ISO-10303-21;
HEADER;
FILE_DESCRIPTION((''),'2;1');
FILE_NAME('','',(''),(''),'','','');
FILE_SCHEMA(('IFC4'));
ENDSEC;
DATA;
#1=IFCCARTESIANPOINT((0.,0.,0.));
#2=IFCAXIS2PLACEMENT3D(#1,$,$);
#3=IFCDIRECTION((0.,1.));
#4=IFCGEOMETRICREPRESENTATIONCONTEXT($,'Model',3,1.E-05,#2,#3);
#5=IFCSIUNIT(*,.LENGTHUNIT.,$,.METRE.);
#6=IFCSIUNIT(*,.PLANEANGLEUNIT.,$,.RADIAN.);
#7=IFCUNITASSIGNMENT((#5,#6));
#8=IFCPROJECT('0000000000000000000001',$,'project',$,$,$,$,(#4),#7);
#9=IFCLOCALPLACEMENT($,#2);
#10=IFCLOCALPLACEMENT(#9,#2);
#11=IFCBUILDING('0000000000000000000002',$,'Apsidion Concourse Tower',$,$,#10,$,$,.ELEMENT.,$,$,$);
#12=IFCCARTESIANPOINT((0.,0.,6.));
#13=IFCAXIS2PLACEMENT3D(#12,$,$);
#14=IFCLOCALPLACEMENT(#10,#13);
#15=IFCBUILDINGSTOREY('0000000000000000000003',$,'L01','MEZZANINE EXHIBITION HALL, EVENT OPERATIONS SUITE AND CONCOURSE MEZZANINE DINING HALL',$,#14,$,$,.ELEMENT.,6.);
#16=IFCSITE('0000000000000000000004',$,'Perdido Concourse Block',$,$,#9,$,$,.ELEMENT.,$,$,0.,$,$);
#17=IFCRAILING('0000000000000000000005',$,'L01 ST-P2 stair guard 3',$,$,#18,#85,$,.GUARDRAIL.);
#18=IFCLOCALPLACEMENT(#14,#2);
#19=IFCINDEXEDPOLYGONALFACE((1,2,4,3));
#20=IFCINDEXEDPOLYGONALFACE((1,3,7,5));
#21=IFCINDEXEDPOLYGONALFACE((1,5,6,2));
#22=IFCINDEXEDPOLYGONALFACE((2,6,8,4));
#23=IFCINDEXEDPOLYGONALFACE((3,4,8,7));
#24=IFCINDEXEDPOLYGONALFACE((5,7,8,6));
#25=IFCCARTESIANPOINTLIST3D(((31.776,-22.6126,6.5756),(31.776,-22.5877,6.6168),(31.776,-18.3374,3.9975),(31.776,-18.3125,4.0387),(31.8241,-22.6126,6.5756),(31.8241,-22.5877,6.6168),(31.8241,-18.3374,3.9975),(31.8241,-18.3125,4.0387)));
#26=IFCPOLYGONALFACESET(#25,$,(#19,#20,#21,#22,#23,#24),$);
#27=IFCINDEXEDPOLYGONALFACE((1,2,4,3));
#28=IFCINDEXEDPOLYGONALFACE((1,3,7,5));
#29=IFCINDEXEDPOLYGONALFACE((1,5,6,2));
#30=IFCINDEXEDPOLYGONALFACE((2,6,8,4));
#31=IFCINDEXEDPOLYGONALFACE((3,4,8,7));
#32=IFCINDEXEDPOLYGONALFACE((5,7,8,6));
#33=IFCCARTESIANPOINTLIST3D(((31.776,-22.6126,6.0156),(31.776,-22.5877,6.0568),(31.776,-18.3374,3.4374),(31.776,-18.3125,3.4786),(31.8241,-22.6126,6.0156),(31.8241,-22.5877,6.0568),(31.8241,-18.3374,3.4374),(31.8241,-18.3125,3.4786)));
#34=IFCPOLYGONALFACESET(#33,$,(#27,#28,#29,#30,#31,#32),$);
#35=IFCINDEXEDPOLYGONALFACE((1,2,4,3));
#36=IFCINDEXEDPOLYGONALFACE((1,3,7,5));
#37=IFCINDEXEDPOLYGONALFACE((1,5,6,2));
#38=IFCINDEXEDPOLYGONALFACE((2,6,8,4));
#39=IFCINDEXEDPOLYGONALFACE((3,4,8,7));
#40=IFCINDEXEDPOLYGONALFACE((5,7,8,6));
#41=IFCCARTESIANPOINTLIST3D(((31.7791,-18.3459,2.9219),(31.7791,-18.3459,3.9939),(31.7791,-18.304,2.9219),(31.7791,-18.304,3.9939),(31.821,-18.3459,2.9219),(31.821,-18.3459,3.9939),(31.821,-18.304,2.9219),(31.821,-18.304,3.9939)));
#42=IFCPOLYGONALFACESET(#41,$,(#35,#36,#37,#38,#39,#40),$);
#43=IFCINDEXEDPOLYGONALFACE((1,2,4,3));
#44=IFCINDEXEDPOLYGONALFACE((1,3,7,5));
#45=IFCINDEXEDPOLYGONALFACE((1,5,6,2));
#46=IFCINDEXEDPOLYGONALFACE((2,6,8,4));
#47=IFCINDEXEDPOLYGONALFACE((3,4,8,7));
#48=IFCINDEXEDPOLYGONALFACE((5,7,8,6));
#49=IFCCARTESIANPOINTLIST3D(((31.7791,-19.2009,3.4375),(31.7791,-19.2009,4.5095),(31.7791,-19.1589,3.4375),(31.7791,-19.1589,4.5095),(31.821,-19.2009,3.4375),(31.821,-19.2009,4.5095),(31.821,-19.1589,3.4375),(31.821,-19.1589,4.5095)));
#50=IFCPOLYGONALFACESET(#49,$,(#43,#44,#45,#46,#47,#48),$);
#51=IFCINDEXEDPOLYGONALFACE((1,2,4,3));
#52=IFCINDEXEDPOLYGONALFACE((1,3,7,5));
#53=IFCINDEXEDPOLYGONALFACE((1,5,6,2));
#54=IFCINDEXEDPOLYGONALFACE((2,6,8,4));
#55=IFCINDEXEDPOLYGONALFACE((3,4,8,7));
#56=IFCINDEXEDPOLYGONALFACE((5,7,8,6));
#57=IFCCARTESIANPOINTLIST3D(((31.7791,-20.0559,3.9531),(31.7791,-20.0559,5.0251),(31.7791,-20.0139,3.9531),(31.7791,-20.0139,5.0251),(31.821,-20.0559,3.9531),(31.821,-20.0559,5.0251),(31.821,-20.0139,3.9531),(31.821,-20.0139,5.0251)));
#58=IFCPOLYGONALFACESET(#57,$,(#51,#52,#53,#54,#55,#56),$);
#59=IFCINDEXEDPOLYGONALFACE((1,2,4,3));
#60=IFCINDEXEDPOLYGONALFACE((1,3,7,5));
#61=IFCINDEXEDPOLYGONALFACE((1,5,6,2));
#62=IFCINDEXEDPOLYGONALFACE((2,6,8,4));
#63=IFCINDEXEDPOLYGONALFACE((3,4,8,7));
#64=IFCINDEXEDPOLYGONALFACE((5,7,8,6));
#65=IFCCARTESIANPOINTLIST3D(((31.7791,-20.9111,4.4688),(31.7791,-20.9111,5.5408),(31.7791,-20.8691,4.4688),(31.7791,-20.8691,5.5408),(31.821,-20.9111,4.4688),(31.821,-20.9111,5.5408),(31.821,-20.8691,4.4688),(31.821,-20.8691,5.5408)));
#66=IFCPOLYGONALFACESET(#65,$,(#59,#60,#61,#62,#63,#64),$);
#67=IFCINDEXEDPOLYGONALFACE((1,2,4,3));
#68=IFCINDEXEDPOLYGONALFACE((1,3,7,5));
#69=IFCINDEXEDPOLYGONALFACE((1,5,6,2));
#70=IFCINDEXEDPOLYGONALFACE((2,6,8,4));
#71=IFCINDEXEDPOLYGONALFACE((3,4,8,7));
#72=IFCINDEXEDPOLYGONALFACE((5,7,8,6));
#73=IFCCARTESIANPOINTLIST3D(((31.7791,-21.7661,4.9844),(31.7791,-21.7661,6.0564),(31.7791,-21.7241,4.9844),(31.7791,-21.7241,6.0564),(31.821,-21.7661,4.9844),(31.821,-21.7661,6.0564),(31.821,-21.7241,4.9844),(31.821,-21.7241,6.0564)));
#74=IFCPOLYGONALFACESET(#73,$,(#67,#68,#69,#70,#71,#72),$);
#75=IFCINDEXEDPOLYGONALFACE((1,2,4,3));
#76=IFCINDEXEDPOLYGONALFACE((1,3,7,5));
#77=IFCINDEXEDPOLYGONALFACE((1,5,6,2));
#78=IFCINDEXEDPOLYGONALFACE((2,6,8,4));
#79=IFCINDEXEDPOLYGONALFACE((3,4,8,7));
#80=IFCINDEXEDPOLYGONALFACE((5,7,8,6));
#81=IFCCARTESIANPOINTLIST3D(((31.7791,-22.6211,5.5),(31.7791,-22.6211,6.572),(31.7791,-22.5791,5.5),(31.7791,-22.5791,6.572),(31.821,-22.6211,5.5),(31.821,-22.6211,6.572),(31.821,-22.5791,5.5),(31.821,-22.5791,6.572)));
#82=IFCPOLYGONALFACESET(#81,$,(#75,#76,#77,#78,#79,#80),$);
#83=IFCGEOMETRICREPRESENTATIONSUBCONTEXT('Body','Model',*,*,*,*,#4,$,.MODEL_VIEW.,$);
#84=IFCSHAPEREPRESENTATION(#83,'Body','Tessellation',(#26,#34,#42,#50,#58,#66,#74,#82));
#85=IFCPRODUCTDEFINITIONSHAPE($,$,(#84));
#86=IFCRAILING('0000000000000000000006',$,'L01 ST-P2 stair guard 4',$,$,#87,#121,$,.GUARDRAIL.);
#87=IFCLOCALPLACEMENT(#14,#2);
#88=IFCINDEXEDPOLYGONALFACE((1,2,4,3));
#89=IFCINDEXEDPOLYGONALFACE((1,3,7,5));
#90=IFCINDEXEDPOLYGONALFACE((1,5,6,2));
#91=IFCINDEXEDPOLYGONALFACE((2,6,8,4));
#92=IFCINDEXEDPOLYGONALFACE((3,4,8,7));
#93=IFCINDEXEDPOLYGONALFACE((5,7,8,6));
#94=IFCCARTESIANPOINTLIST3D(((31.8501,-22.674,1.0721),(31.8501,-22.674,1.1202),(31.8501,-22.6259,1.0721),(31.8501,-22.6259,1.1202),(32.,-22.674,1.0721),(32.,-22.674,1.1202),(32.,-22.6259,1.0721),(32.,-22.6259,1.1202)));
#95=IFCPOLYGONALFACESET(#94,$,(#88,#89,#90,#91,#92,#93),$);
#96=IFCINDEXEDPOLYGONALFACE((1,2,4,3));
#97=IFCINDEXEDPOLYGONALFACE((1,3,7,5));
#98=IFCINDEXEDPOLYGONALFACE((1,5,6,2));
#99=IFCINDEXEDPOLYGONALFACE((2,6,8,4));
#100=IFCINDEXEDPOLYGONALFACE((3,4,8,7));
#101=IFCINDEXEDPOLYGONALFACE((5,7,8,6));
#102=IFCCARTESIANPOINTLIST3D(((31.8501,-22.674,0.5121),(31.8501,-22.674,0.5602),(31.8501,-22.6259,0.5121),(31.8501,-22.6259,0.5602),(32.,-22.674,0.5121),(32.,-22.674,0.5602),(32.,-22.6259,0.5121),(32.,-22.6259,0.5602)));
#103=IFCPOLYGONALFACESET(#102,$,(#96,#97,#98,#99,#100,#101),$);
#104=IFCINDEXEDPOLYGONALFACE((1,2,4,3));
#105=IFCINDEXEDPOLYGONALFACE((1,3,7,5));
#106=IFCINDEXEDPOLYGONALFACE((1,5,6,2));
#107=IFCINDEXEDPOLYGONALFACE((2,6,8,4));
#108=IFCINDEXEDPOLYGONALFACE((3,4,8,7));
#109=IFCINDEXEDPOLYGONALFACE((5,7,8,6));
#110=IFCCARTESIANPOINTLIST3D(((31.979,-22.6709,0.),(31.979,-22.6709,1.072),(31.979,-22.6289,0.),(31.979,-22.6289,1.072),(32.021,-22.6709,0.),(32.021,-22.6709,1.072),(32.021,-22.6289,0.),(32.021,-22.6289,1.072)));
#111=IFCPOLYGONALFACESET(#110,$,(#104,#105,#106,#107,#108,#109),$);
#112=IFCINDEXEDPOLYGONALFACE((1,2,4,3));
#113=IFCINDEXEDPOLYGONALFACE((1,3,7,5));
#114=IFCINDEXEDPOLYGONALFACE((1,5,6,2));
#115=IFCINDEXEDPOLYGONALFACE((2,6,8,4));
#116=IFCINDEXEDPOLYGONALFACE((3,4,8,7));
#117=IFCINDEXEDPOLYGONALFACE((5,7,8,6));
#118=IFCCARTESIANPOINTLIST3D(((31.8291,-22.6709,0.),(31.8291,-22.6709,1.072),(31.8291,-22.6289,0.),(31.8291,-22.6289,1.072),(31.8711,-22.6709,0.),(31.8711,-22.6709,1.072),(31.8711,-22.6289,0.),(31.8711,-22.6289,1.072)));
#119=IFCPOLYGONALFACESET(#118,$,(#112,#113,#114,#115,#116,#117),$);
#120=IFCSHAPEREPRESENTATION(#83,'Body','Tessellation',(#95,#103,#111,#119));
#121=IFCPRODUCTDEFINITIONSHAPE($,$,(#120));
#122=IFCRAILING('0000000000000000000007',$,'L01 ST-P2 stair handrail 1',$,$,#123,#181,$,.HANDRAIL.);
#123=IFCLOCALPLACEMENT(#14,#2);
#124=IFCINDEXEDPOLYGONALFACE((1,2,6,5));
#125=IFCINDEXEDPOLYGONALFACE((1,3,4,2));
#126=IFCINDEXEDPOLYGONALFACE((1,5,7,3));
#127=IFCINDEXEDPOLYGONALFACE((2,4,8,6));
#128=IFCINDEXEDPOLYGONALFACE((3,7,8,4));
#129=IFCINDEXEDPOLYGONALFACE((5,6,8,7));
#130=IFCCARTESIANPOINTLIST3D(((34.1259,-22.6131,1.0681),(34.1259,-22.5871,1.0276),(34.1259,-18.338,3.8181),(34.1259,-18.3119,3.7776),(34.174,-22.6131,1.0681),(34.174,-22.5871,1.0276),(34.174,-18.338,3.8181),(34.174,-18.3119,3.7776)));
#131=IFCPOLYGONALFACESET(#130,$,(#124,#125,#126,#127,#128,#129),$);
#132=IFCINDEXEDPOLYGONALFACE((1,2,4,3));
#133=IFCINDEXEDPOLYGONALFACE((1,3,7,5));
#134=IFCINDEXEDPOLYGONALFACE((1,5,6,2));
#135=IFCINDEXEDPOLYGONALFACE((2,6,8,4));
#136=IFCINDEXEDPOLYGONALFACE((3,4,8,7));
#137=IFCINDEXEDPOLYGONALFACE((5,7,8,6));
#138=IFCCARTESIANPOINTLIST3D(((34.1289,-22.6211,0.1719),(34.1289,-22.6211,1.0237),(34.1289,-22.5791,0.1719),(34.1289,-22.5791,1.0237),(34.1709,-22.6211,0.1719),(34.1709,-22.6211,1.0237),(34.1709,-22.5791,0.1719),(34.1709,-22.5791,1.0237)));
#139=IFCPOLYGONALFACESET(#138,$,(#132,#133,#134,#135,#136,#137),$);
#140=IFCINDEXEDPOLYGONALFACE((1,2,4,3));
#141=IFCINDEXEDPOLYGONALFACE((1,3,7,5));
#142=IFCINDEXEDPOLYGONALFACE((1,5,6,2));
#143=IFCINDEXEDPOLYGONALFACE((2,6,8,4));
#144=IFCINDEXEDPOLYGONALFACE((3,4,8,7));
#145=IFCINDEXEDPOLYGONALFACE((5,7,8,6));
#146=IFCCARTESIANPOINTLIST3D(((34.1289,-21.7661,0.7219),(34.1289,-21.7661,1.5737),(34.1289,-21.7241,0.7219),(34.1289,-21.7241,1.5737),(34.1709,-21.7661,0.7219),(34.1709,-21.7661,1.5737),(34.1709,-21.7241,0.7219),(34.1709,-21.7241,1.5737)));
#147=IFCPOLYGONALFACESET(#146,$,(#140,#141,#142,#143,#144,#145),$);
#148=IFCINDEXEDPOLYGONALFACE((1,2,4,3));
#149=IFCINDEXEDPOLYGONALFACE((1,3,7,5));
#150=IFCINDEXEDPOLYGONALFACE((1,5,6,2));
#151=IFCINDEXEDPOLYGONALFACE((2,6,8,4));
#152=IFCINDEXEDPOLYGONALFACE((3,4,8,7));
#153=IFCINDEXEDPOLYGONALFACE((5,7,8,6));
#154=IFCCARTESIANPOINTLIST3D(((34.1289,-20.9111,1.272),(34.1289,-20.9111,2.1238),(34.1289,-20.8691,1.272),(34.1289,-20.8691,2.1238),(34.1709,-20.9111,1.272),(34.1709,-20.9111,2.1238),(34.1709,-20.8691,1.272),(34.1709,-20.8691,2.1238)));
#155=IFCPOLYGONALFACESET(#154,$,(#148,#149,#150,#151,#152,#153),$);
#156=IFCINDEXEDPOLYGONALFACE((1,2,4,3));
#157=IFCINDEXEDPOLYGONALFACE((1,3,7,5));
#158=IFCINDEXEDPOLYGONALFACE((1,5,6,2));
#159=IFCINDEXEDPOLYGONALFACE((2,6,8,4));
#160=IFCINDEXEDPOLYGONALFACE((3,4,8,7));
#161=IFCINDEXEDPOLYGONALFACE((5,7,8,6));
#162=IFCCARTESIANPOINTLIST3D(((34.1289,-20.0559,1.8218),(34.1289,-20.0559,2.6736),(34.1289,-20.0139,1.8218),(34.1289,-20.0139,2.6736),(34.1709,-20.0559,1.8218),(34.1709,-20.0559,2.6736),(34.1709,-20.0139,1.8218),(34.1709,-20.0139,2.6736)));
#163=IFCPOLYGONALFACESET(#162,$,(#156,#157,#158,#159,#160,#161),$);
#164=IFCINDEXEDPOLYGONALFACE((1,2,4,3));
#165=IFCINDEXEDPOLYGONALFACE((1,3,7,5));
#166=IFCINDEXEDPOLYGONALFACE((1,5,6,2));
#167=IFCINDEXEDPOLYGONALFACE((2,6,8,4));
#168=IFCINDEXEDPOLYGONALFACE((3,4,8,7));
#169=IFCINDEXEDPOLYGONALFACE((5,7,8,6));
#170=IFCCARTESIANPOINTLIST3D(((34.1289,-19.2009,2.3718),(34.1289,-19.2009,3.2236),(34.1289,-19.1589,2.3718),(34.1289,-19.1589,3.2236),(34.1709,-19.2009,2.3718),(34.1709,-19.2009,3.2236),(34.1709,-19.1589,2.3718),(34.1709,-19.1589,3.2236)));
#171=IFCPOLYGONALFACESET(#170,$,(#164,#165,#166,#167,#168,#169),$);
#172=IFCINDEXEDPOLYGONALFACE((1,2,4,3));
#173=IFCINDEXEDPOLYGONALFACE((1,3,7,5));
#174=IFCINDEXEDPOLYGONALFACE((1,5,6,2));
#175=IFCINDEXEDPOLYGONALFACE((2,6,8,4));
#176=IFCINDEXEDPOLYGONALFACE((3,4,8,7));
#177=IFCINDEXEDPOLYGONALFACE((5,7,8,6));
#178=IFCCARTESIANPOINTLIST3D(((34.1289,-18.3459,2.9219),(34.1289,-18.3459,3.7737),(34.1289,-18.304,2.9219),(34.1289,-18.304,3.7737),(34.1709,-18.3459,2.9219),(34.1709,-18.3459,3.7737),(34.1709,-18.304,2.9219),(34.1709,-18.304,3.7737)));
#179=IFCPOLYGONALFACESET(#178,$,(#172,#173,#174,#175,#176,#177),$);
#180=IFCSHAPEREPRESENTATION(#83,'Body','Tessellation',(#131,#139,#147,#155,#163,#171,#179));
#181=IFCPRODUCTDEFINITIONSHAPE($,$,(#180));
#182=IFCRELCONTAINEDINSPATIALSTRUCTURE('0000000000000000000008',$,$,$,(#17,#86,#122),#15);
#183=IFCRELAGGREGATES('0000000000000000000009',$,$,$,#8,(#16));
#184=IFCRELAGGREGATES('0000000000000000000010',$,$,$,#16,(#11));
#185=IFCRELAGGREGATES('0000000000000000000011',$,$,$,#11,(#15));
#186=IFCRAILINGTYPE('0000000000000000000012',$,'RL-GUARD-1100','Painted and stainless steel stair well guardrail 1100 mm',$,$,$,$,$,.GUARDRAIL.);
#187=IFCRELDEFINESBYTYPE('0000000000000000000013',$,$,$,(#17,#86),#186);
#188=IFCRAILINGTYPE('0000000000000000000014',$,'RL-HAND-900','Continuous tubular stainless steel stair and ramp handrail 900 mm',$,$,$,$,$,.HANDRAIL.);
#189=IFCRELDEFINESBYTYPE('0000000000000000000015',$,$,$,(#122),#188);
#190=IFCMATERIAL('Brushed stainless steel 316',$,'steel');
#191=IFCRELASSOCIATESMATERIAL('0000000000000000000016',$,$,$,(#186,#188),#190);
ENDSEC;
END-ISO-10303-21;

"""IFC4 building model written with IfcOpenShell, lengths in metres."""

from ifc_helpers import new_model, si_unit, direction, frame, origin, origin_2d, place, context, subcontext, project, spatial, rectangle, extrude, material, type_object, element, save


model = new_model("IFC4")

# Units and contexts
model_context = context("Model", 3, precision=1e-05, world=origin(), true_north=direction((0.0, 1.0)))
body_context = subcontext(model_context, "Body", "Model", "MODEL_VIEW")
ifc_project = project(units=[si_unit("LENGTHUNIT", "METRE"), si_unit("PLANEANGLEUNIT", "RADIAN")], contexts=[model_context])

# Site, building, storey
site_placement = place(None, origin())
site = spatial("IfcSite", under=ifc_project, at=site_placement, Name="Perdido Concourse Block", CompositionType="ELEMENT", RefElevation=0.0)
building_placement = place(site_placement, origin())
building = spatial("IfcBuilding", under=site, at=building_placement, Name="Apsidion Concourse Tower", CompositionType="ELEMENT")
storey_placement = place(building_placement, frame((0.0, 0.0, 6.0)))
storey = spatial("IfcBuildingStorey", under=building, at=storey_placement, Name="L01", Description="MEZZANINE EXHIBITION HALL, EVENT OPERATIONS SUITE AND CONCOURSE MEZZANINE DINING HALL", CompositionType="ELEMENT", Elevation=6.0)

# Railings
ifc_material_1 = material(Name="Brushed stainless steel 316", Category="steel")
railing_type_1 = type_object("IfcRailingType", Name="RL-GUARD-1100", Description="Painted and stainless steel stair well guardrail 1100 mm", PredefinedType="GUARDRAIL", material=ifc_material_1)
railing_1_placement = place(storey_placement, frame((31.8, -18.325, 2.9219)))
element("IfcRailing", 1, at=railing_1_placement, inside=storey, type_object=railing_type_1, Name="L01 ST-P2 stair guard 3", PredefinedType="GUARDRAIL", context=body_context, shape_type="SweptSolid", body=[
    extrude(rectangle(XDim=0.0481, YDim=0.0481, at=origin_2d()), frame((0.0, 0.0, 1.0962), z_axis=(0.0, -0.856339, 0.516415), x_axis=(1.0, 0.0, 0.0)), (0.0, 0.0, 1.0), 4.9924),
    extrude(rectangle(XDim=0.0481, YDim=0.0481, at=origin_2d()), frame((0.0, 0.0, 0.5361), z_axis=(0.0, -0.856339, 0.516415), x_axis=(1.0, 0.0, 0.0)), (0.0, 0.0, 1.0), 4.9924),
    extrude(rectangle(XDim=0.042, YDim=0.042, at=origin_2d()), origin(), (0.0, 0.0, 1.0), 1.072),
    extrude(rectangle(XDim=0.042, YDim=0.042, at=origin_2d()), frame((0.0, -0.855, 0.5156)), (0.0, 0.0, 1.0), 1.072),
    extrude(rectangle(XDim=0.042, YDim=0.042, at=origin_2d()), frame((0.0, -1.71, 1.0312)), (0.0, 0.0, 1.0), 1.072),
    extrude(rectangle(XDim=0.042, YDim=0.042, at=origin_2d()), frame((0.0, -2.5652, 1.5469)), (0.0, 0.0, 1.0), 1.072),
    extrude(rectangle(XDim=0.042, YDim=0.042, at=origin_2d()), frame((0.0, -3.4202, 2.0625)), (0.0, 0.0, 1.0), 1.072),
    extrude(rectangle(XDim=0.042, YDim=0.042, at=origin_2d()), frame((0.0, -4.2751, 2.5781)), (0.0, 0.0, 1.0), 1.072),
])
railing_2_placement = place(storey_placement, frame((32.0, -22.6499, 0.0)))
element("IfcRailing", 2, at=railing_2_placement, inside=storey, type_object=railing_type_1, Name="L01 ST-P2 stair guard 4", PredefinedType="GUARDRAIL", context=body_context, shape_type="SweptSolid", body=[
    extrude(rectangle(XDim=0.0481, YDim=0.0481, at=origin_2d()), frame((0.0, 0.0, 1.0962), z_axis=(-1.0, 0.0, 0.0), x_axis=(0.0, -1.0, 0.0)), (0.0, 0.0, 1.0), 0.1499),
    extrude(rectangle(XDim=0.0481, YDim=0.0481, at=origin_2d()), frame((0.0, 0.0, 0.5361), z_axis=(-1.0, 0.0, 0.0), x_axis=(0.0, -1.0, 0.0)), (0.0, 0.0, 1.0), 0.1499),
    extrude(rectangle(XDim=0.042, YDim=0.042, at=origin_2d()), origin(), (0.0, 0.0, 1.0), 1.072),
    extrude(rectangle(XDim=0.042, YDim=0.042, at=origin_2d()), frame((-0.1499, 0.0, 0.0)), (0.0, 0.0, 1.0), 1.072),
])
railing_type_2 = type_object("IfcRailingType", Name="RL-HAND-900", Description="Continuous tubular stainless steel stair and ramp handrail 900 mm", PredefinedType="HANDRAIL", material=ifc_material_1)
railing_3_placement = place(storey_placement, frame((34.1499, -22.6001, 0.1719)))
element("IfcRailing", 3, at=railing_3_placement, inside=storey, type_object=railing_type_2, Name="L01 ST-P2 stair handrail 1", PredefinedType="HANDRAIL", context=body_context, shape_type="SweptSolid", body=[
    extrude(rectangle(XDim=0.0481, YDim=0.0481, at=origin_2d()), frame((0.0, 0.0, 0.876), z_axis=(0.0, 0.841027, 0.540993), x_axis=(-1.0, 0.0, 0.0)), (0.0, 0.0, 1.0), 5.0833),
    extrude(rectangle(XDim=0.042, YDim=0.042, at=origin_2d()), origin(), (0.0, 0.0, 1.0), 0.8518),
    extrude(rectangle(XDim=0.042, YDim=0.042, at=origin_2d()), frame((0.0, 0.855, 0.55)), (0.0, 0.0, 1.0), 0.8518),
    extrude(rectangle(XDim=0.042, YDim=0.042, at=origin_2d()), frame((0.0, 1.71, 1.1001)), (0.0, 0.0, 1.0), 0.8518),
    extrude(rectangle(XDim=0.042, YDim=0.042, at=origin_2d()), frame((0.0, 2.5652, 1.6499)), (0.0, 0.0, 1.0), 0.8518),
    extrude(rectangle(XDim=0.042, YDim=0.042, at=origin_2d()), frame((0.0, 3.4202, 2.2)), (0.0, 0.0, 1.0), 0.8518),
    extrude(rectangle(XDim=0.042, YDim=0.042, at=origin_2d()), frame((0.0, 4.2751, 2.75)), (0.0, 0.0, 1.0), 0.8518),
])

save(model, "model.ifc")
